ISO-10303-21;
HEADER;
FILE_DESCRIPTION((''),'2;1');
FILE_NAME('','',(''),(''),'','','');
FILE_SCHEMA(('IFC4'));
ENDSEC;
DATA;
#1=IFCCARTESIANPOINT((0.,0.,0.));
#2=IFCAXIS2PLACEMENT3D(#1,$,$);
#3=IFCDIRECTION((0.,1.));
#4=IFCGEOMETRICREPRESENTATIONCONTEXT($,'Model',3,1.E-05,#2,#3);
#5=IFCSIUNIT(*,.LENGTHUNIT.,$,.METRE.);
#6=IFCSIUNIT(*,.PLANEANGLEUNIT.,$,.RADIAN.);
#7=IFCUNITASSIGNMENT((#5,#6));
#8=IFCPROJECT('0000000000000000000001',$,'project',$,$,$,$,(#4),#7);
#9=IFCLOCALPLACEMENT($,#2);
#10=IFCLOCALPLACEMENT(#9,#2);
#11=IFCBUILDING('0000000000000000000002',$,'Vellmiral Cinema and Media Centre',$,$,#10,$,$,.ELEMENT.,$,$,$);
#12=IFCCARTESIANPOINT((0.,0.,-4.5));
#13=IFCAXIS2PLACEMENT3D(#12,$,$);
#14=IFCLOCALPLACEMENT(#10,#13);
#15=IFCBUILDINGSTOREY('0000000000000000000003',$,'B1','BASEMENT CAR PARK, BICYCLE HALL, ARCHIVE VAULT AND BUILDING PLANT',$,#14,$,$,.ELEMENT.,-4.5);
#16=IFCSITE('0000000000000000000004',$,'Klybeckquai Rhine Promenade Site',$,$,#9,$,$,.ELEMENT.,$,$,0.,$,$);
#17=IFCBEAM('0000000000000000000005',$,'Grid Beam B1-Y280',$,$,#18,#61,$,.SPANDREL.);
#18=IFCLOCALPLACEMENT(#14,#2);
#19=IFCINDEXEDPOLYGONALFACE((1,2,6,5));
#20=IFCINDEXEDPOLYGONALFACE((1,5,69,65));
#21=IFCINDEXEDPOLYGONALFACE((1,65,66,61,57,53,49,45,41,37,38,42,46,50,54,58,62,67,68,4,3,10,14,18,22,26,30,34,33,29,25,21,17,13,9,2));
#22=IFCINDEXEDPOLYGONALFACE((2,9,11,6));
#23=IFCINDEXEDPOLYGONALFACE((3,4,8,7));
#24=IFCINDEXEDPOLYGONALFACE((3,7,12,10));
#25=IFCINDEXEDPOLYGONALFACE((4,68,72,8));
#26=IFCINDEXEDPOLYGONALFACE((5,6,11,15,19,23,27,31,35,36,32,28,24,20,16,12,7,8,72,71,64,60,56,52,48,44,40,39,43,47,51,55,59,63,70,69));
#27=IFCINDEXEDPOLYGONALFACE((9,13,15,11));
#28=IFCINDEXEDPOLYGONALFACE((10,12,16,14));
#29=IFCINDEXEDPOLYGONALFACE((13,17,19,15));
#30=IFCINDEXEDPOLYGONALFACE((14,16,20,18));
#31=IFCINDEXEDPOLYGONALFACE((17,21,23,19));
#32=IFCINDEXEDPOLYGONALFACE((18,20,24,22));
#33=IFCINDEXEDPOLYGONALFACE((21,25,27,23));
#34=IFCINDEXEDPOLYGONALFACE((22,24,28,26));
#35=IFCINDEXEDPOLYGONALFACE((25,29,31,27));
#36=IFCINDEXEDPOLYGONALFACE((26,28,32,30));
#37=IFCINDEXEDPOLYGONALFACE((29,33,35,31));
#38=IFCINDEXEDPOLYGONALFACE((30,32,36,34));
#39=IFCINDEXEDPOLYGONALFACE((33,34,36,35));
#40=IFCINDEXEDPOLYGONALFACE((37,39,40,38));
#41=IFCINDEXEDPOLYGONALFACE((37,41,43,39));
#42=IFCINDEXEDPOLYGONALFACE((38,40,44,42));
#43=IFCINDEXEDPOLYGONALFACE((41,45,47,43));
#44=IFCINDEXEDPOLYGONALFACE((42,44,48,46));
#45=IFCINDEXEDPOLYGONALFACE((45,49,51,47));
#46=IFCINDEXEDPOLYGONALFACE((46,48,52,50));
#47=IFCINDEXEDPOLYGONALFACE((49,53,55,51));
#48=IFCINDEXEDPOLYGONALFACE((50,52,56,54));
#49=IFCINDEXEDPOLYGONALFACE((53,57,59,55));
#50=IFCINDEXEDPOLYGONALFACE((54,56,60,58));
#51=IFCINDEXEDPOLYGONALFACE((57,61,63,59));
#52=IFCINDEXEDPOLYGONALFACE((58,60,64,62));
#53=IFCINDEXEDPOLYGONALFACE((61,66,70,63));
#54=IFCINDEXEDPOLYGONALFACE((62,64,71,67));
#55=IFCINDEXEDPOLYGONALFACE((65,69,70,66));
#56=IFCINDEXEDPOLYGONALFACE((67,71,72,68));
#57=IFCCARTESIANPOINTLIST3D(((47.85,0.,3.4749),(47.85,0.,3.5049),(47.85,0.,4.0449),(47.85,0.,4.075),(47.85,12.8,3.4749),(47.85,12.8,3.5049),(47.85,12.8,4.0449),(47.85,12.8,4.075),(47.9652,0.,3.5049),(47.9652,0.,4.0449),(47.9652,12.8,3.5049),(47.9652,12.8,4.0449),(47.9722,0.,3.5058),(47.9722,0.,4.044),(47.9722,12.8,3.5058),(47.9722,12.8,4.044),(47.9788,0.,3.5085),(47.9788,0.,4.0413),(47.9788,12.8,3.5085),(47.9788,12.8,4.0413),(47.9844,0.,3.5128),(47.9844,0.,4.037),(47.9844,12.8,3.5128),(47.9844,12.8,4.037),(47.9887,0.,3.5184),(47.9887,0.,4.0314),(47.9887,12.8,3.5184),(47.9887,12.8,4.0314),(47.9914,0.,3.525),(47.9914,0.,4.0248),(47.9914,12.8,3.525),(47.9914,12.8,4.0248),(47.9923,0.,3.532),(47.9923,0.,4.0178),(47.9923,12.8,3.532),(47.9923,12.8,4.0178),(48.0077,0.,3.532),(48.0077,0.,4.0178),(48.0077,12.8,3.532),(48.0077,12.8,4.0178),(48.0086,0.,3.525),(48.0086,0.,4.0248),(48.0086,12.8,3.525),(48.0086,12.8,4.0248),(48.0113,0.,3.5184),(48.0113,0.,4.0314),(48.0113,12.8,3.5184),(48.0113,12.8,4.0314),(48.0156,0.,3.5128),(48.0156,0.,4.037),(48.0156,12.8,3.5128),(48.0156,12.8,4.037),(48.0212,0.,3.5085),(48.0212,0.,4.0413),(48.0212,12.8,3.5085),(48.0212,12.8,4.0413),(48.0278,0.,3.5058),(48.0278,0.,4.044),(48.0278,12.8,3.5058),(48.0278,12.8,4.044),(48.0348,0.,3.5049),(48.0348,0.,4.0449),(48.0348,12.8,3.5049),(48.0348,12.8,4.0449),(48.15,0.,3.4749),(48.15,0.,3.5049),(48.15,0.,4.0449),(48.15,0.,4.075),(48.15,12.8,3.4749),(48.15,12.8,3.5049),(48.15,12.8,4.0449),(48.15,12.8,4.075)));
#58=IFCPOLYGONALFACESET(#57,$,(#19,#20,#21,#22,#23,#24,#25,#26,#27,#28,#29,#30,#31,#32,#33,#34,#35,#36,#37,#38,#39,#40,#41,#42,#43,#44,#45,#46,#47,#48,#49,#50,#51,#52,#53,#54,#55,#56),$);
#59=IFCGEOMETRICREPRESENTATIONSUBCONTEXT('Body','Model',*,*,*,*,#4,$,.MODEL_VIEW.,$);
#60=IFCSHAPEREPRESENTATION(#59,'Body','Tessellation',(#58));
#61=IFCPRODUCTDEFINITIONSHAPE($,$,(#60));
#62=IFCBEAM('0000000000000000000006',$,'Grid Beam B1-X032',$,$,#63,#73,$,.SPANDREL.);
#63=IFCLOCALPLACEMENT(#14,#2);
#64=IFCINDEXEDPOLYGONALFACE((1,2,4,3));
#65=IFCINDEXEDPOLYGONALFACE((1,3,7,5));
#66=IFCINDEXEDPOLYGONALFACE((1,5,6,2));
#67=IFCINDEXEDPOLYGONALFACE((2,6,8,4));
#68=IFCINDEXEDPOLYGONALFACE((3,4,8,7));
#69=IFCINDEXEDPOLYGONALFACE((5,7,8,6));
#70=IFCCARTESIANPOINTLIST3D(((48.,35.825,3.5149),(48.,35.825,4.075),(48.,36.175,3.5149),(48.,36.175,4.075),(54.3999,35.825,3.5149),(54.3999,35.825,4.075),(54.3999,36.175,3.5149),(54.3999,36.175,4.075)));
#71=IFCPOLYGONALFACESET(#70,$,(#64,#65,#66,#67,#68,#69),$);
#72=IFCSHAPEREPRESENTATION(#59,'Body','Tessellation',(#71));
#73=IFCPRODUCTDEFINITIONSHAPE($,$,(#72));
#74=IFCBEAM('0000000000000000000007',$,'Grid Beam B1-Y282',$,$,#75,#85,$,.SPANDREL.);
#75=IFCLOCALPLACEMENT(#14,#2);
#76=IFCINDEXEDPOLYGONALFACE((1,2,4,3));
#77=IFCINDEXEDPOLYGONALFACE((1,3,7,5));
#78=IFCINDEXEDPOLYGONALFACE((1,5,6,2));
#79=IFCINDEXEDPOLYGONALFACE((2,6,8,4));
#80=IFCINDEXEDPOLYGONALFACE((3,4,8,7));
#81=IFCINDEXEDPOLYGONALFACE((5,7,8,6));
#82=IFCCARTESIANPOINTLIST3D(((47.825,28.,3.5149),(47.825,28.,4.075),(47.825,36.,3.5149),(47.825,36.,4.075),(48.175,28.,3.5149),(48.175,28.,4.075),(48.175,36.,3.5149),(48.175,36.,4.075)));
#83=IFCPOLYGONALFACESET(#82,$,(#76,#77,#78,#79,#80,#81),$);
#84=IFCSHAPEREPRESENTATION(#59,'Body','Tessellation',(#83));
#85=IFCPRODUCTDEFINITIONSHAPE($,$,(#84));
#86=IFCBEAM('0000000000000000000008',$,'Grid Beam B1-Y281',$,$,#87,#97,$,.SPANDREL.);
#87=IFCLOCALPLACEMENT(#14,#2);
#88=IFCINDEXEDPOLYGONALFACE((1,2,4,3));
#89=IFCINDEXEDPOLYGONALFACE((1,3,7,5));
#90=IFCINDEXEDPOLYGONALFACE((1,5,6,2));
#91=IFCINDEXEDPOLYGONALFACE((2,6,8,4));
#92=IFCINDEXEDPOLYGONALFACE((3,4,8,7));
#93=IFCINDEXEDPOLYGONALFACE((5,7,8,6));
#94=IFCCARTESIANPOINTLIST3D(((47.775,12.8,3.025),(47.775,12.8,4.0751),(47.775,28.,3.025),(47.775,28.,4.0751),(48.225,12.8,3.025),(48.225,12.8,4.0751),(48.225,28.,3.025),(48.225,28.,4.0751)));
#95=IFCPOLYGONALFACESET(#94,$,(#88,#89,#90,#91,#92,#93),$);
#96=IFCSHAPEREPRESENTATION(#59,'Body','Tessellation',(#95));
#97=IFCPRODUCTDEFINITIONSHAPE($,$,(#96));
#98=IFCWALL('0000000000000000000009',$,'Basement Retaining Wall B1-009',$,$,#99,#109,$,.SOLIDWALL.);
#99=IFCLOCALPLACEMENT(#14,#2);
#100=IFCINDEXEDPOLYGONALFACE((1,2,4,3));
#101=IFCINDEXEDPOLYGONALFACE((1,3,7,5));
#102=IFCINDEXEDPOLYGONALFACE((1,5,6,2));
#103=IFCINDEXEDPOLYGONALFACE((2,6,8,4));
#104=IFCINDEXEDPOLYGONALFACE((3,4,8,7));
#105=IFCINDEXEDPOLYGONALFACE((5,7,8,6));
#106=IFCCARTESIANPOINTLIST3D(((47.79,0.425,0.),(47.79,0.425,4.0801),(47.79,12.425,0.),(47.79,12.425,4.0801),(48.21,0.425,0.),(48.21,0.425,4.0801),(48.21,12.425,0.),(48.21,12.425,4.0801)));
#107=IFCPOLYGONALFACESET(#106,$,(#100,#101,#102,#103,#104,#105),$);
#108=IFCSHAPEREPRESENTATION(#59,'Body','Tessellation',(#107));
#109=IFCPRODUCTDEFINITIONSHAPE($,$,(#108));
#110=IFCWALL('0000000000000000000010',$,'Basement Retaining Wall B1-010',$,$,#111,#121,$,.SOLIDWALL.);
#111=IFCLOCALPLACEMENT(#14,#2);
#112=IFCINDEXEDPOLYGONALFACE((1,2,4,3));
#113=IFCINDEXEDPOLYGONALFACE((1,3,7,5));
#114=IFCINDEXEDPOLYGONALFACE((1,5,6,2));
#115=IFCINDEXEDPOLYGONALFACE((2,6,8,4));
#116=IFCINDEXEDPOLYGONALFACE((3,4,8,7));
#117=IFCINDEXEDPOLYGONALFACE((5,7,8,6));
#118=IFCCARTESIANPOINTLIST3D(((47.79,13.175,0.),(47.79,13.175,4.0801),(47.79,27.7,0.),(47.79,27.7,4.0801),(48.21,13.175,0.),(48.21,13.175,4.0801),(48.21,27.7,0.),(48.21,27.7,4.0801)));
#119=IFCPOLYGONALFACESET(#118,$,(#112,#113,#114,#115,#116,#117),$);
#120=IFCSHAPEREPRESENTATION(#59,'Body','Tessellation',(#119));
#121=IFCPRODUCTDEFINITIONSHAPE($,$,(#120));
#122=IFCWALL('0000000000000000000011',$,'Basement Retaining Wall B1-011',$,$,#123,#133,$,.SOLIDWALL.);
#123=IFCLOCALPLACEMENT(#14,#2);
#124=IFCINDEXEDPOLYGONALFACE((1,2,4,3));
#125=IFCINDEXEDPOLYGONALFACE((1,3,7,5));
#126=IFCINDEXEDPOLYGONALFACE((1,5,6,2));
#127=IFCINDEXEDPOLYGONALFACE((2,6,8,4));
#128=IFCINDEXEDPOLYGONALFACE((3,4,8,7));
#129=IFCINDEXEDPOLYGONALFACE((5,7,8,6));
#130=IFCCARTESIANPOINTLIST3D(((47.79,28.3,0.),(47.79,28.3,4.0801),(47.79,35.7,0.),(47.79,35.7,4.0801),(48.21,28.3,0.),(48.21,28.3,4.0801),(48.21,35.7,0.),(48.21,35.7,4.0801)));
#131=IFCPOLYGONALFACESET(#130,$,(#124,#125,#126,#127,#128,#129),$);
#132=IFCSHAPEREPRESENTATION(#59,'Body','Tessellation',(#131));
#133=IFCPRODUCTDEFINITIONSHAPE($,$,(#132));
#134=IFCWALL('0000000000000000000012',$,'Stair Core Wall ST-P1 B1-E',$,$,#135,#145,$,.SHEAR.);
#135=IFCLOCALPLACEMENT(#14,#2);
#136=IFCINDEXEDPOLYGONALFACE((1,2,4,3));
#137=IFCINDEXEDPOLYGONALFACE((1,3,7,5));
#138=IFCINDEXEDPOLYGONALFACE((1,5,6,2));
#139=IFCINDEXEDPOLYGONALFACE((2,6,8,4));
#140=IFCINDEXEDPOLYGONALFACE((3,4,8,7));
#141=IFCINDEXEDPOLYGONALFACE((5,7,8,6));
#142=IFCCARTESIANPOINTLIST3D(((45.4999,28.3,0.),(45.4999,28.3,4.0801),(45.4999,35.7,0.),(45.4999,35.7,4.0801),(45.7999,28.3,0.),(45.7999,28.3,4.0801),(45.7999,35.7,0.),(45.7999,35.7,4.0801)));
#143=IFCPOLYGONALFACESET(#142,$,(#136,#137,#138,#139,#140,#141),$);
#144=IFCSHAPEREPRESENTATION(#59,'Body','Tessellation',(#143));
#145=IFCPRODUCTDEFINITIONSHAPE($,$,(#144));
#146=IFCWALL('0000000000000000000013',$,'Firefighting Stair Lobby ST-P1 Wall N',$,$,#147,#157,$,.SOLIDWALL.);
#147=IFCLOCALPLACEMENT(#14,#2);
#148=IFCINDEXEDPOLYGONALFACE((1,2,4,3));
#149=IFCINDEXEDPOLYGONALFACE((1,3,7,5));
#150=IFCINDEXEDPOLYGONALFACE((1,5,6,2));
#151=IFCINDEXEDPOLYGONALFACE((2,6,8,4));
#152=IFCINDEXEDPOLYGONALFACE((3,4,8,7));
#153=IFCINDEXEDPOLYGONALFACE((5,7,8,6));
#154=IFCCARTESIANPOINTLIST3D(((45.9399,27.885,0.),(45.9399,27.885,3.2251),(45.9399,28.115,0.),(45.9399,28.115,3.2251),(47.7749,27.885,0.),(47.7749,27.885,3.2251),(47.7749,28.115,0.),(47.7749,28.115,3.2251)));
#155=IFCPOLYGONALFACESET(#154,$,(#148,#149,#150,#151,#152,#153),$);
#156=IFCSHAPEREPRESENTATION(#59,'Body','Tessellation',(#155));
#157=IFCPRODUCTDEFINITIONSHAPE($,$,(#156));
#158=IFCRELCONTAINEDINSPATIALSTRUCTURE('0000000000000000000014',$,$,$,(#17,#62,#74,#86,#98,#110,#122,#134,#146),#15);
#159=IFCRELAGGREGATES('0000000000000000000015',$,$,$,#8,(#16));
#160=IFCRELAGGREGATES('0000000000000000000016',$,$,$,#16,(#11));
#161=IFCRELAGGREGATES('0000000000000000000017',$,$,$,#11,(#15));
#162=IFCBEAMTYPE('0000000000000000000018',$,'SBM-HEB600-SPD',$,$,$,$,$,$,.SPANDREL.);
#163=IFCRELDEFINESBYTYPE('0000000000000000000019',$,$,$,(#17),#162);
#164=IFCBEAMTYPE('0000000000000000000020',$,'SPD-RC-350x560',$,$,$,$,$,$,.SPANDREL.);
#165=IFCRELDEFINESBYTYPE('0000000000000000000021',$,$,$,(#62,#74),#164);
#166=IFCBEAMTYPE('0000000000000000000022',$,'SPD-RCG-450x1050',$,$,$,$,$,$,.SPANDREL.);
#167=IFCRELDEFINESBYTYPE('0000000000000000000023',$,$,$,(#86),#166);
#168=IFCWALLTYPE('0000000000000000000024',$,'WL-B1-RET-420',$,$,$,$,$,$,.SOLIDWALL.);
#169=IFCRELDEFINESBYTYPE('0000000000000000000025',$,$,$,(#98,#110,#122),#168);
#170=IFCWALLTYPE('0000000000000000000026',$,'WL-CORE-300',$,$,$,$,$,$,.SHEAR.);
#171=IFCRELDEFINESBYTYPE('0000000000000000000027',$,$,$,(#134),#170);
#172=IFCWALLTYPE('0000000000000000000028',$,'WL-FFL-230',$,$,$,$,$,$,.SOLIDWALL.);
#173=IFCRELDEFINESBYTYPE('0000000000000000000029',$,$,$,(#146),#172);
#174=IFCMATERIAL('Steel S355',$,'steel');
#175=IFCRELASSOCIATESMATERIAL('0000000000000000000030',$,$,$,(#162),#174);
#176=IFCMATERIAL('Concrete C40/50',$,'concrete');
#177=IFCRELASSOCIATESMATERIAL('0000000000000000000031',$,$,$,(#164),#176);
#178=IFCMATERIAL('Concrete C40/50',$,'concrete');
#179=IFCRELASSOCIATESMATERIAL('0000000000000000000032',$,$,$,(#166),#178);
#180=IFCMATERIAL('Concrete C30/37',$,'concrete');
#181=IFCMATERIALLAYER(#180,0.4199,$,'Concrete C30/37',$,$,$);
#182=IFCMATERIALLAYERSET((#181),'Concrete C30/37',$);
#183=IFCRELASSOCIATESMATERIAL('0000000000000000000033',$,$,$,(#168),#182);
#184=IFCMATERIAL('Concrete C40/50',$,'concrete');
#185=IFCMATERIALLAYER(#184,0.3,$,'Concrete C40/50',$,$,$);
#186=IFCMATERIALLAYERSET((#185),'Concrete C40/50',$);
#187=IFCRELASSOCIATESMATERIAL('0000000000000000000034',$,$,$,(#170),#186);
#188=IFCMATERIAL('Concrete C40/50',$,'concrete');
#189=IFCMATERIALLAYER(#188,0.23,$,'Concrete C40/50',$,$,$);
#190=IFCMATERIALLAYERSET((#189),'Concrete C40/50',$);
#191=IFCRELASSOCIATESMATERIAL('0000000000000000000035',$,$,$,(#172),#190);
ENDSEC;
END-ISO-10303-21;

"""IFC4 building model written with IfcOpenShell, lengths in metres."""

from ifc_helpers import new_model, si_unit, direction, frame, frame_2d, origin, origin_2d, place, context, subcontext, project, spatial, rectangle, i_section, extrude, material, layer, layer_set, material_profile, profile_set, type_object, element, save


model = new_model("IFC4")

# Units and contexts
model_context = context("Model", 3, precision=1e-05, world=origin(), true_north=direction((0.0, 1.0)))
body_context = subcontext(model_context, "Body", "Model", "MODEL_VIEW")
ifc_project = project(units=[si_unit("LENGTHUNIT", "METRE"), si_unit("PLANEANGLEUNIT", "RADIAN")], contexts=[model_context])

# Site, building, storey
site_placement = place(None, origin())
site = spatial("IfcSite", under=ifc_project, at=site_placement, Name="Klybeckquai Rhine Promenade Site", CompositionType="ELEMENT", RefElevation=0.0)
building_placement = place(site_placement, origin())
building = spatial("IfcBuilding", under=site, at=building_placement, Name="Vellmiral Cinema and Media Centre", CompositionType="ELEMENT")
storey_placement = place(building_placement, frame((0.0, 0.0, -4.5)))
storey = spatial("IfcBuildingStorey", under=building, at=storey_placement, Name="B1", Description="BASEMENT CAR PARK, BICYCLE HALL, ARCHIVE VAULT AND BUILDING PLANT", CompositionType="ELEMENT", Elevation=-4.5)

# Beams
ifc_material_1 = material(Name="Steel S355", Category="steel")
ifc_material_profile_1 = material_profile(ifc_material_1, i_section(OverallWidth=0.3, OverallDepth=0.6001, WebThickness=0.0154, FlangeThickness=0.03, FilletRadius=0.0271, at=origin_2d()), Name="HEB 600")
ifc_profile_set_1 = profile_set([ifc_material_profile_1], Name="Steel S355")
beam_type_1 = type_object("IfcBeamType", Name="SBM-HEB600-SPD", PredefinedType="SPANDREL", material=ifc_profile_set_1)
beam_1_placement = place(storey_placement, frame((48.0, 0.0, 3.7749), z_axis=(0.0, 1.0, 0.0), x_axis=(-1.0, 0.0, 0.0)))
element("IfcBeam", 1, at=beam_1_placement, inside=storey, type_object=beam_type_1, Name="Grid Beam B1-Y280", PredefinedType="SPANDREL", context=body_context, shape_type="SweptSolid", body=[
    extrude(i_section(OverallWidth=0.3, OverallDepth=0.6001, WebThickness=0.0154, FlangeThickness=0.03, FilletRadius=0.0271, at=origin_2d()), origin(), (0.0, 0.0, 1.0), 12.8),
])
ifc_material_2 = material(Name="Concrete C40/50", Category="concrete")
ifc_material_profile_2 = material_profile(ifc_material_2, rectangle(XDim=0.3501, YDim=0.5601, at=origin_2d()), Name="RC 350x560")
ifc_profile_set_2 = profile_set([ifc_material_profile_2], Name="Concrete C40/50")
beam_type_2 = type_object("IfcBeamType", Name="SPD-RC-350x560", PredefinedType="SPANDREL", material=ifc_profile_set_2)
beam_2_placement = place(storey_placement, frame((48.0, 36.0, 3.7949), z_axis=(1.0, 0.0, 0.0), x_axis=(0.0, 1.0, 0.0)))
element("IfcBeam", 2, at=beam_2_placement, inside=storey, type_object=beam_type_2, Name="Grid Beam B1-X032", PredefinedType="SPANDREL", context=body_context, shape_type="SweptSolid", body=[
    extrude(rectangle(XDim=0.3501, YDim=0.5601, at=origin_2d()), origin(), (0.0, 0.0, 1.0), 6.3999),
])
beam_3_placement = place(storey_placement, frame((48.0, 28.0, 3.7949), z_axis=(0.0, 1.0, 0.0), x_axis=(-1.0, 0.0, 0.0)))
element("IfcBeam", 3, at=beam_3_placement, inside=storey, type_object=beam_type_2, Name="Grid Beam B1-Y282", PredefinedType="SPANDREL", context=body_context, shape_type="SweptSolid", body=[
    extrude(rectangle(XDim=0.3501, YDim=0.5601, at=origin_2d()), origin(), (0.0, 0.0, 1.0), 8.0),
])
ifc_material_3 = material(Name="Concrete C40/50", Category="concrete")
ifc_material_profile_3 = material_profile(ifc_material_3, rectangle(XDim=0.45, YDim=1.05, at=origin_2d()), Name="RC 450x1050")
ifc_profile_set_3 = profile_set([ifc_material_profile_3], Name="Concrete C40/50")
beam_type_3 = type_object("IfcBeamType", Name="SPD-RCG-450x1050", PredefinedType="SPANDREL", material=ifc_profile_set_3)
beam_4_placement = place(storey_placement, frame((48.0, 12.8, 3.55), z_axis=(0.0, 1.0, 0.0), x_axis=(-1.0, 0.0, 0.0)))
element("IfcBeam", 4, at=beam_4_placement, inside=storey, type_object=beam_type_3, Name="Grid Beam B1-Y281", PredefinedType="SPANDREL", context=body_context, shape_type="SweptSolid", body=[
    extrude(rectangle(XDim=0.45, YDim=1.05, at=origin_2d()), origin(), (0.0, 0.0, 1.0), 15.2),
])

# Walls
ifc_material_4 = material(Name="Concrete C30/37", Category="concrete")
ifc_layer_1 = layer(ifc_material_4, 0.4199, Name="Concrete C30/37")
ifc_layer_set_1 = layer_set([ifc_layer_1], Name="Concrete C30/37")
wall_type_1 = type_object("IfcWallType", Name="WL-B1-RET-420", PredefinedType="SOLIDWALL", material=ifc_layer_set_1)
wall_1_placement = place(storey_placement, frame((48.0, 0.425, 0.0), z_axis=(0.0, 0.0, 1.0), x_axis=(0.0, 1.0, 0.0)))
element("IfcWall", 5, at=wall_1_placement, inside=storey, type_object=wall_type_1, Name="Basement Retaining Wall B1-009", PredefinedType="SOLIDWALL", context=body_context, shape_type="SweptSolid", body=[
    extrude(rectangle(XDim=12.0, YDim=0.4199, at=frame_2d((6.0, 0.0))), origin(), (0.0, 0.0, 1.0), 4.0801),
])
wall_2_placement = place(storey_placement, frame((48.0, 13.175, 0.0), z_axis=(0.0, 0.0, 1.0), x_axis=(0.0, 1.0, 0.0)))
element("IfcWall", 6, at=wall_2_placement, inside=storey, type_object=wall_type_1, Name="Basement Retaining Wall B1-010", PredefinedType="SOLIDWALL", context=body_context, shape_type="SweptSolid", body=[
    extrude(rectangle(XDim=14.5249, YDim=0.4199, at=frame_2d((7.2625, 0.0))), origin(), (0.0, 0.0, 1.0), 4.0801),
])
wall_3_placement = place(storey_placement, frame((48.0, 28.3, 0.0), z_axis=(0.0, 0.0, 1.0), x_axis=(0.0, 1.0, 0.0)))
element("IfcWall", 7, at=wall_3_placement, inside=storey, type_object=wall_type_1, Name="Basement Retaining Wall B1-011", PredefinedType="SOLIDWALL", context=body_context, shape_type="SweptSolid", body=[
    extrude(rectangle(XDim=7.3999, YDim=0.4199, at=frame_2d((3.7, 0.0))), origin(), (0.0, 0.0, 1.0), 4.0801),
])

# Walls
ifc_material_5 = material(Name="Concrete C40/50", Category="concrete")
ifc_layer_2 = layer(ifc_material_5, 0.3, Name="Concrete C40/50")
ifc_layer_set_2 = layer_set([ifc_layer_2], Name="Concrete C40/50")
wall_type_2 = type_object("IfcWallType", Name="WL-CORE-300", PredefinedType="SHEAR", material=ifc_layer_set_2)
wall_4_placement = place(storey_placement, frame((45.6499, 28.3, 0.0), z_axis=(0.0, 0.0, 1.0), x_axis=(0.0, 1.0, 0.0)))
element("IfcWall", 8, at=wall_4_placement, inside=storey, type_object=wall_type_2, Name="Stair Core Wall ST-P1 B1-E", PredefinedType="SHEAR", context=body_context, shape_type="SweptSolid", body=[
    extrude(rectangle(XDim=7.3999, YDim=0.3, at=frame_2d((3.7, 0.0))), origin(), (0.0, 0.0, 1.0), 4.0801),
])
ifc_material_6 = material(Name="Concrete C40/50", Category="concrete")
ifc_layer_3 = layer(ifc_material_6, 0.23, Name="Concrete C40/50")
ifc_layer_set_3 = layer_set([ifc_layer_3], Name="Concrete C40/50")
wall_type_3 = type_object("IfcWallType", Name="WL-FFL-230", PredefinedType="SOLIDWALL", material=ifc_layer_set_3)
wall_5_placement = place(storey_placement, frame((45.9399, 28.0, 0.0), z_axis=(0.0, 0.0, 1.0), x_axis=(1.0, 0.0, 0.0)))
element("IfcWall", 9, at=wall_5_placement, inside=storey, type_object=wall_type_3, Name="Firefighting Stair Lobby ST-P1 Wall N", PredefinedType="SOLIDWALL", context=body_context, shape_type="SweptSolid", body=[
    extrude(rectangle(XDim=1.835, YDim=0.23, at=frame_2d((0.9175, 0.0))), origin(), (0.0, 0.0, 1.0), 3.2251),
])

save(model, "model.ifc")
